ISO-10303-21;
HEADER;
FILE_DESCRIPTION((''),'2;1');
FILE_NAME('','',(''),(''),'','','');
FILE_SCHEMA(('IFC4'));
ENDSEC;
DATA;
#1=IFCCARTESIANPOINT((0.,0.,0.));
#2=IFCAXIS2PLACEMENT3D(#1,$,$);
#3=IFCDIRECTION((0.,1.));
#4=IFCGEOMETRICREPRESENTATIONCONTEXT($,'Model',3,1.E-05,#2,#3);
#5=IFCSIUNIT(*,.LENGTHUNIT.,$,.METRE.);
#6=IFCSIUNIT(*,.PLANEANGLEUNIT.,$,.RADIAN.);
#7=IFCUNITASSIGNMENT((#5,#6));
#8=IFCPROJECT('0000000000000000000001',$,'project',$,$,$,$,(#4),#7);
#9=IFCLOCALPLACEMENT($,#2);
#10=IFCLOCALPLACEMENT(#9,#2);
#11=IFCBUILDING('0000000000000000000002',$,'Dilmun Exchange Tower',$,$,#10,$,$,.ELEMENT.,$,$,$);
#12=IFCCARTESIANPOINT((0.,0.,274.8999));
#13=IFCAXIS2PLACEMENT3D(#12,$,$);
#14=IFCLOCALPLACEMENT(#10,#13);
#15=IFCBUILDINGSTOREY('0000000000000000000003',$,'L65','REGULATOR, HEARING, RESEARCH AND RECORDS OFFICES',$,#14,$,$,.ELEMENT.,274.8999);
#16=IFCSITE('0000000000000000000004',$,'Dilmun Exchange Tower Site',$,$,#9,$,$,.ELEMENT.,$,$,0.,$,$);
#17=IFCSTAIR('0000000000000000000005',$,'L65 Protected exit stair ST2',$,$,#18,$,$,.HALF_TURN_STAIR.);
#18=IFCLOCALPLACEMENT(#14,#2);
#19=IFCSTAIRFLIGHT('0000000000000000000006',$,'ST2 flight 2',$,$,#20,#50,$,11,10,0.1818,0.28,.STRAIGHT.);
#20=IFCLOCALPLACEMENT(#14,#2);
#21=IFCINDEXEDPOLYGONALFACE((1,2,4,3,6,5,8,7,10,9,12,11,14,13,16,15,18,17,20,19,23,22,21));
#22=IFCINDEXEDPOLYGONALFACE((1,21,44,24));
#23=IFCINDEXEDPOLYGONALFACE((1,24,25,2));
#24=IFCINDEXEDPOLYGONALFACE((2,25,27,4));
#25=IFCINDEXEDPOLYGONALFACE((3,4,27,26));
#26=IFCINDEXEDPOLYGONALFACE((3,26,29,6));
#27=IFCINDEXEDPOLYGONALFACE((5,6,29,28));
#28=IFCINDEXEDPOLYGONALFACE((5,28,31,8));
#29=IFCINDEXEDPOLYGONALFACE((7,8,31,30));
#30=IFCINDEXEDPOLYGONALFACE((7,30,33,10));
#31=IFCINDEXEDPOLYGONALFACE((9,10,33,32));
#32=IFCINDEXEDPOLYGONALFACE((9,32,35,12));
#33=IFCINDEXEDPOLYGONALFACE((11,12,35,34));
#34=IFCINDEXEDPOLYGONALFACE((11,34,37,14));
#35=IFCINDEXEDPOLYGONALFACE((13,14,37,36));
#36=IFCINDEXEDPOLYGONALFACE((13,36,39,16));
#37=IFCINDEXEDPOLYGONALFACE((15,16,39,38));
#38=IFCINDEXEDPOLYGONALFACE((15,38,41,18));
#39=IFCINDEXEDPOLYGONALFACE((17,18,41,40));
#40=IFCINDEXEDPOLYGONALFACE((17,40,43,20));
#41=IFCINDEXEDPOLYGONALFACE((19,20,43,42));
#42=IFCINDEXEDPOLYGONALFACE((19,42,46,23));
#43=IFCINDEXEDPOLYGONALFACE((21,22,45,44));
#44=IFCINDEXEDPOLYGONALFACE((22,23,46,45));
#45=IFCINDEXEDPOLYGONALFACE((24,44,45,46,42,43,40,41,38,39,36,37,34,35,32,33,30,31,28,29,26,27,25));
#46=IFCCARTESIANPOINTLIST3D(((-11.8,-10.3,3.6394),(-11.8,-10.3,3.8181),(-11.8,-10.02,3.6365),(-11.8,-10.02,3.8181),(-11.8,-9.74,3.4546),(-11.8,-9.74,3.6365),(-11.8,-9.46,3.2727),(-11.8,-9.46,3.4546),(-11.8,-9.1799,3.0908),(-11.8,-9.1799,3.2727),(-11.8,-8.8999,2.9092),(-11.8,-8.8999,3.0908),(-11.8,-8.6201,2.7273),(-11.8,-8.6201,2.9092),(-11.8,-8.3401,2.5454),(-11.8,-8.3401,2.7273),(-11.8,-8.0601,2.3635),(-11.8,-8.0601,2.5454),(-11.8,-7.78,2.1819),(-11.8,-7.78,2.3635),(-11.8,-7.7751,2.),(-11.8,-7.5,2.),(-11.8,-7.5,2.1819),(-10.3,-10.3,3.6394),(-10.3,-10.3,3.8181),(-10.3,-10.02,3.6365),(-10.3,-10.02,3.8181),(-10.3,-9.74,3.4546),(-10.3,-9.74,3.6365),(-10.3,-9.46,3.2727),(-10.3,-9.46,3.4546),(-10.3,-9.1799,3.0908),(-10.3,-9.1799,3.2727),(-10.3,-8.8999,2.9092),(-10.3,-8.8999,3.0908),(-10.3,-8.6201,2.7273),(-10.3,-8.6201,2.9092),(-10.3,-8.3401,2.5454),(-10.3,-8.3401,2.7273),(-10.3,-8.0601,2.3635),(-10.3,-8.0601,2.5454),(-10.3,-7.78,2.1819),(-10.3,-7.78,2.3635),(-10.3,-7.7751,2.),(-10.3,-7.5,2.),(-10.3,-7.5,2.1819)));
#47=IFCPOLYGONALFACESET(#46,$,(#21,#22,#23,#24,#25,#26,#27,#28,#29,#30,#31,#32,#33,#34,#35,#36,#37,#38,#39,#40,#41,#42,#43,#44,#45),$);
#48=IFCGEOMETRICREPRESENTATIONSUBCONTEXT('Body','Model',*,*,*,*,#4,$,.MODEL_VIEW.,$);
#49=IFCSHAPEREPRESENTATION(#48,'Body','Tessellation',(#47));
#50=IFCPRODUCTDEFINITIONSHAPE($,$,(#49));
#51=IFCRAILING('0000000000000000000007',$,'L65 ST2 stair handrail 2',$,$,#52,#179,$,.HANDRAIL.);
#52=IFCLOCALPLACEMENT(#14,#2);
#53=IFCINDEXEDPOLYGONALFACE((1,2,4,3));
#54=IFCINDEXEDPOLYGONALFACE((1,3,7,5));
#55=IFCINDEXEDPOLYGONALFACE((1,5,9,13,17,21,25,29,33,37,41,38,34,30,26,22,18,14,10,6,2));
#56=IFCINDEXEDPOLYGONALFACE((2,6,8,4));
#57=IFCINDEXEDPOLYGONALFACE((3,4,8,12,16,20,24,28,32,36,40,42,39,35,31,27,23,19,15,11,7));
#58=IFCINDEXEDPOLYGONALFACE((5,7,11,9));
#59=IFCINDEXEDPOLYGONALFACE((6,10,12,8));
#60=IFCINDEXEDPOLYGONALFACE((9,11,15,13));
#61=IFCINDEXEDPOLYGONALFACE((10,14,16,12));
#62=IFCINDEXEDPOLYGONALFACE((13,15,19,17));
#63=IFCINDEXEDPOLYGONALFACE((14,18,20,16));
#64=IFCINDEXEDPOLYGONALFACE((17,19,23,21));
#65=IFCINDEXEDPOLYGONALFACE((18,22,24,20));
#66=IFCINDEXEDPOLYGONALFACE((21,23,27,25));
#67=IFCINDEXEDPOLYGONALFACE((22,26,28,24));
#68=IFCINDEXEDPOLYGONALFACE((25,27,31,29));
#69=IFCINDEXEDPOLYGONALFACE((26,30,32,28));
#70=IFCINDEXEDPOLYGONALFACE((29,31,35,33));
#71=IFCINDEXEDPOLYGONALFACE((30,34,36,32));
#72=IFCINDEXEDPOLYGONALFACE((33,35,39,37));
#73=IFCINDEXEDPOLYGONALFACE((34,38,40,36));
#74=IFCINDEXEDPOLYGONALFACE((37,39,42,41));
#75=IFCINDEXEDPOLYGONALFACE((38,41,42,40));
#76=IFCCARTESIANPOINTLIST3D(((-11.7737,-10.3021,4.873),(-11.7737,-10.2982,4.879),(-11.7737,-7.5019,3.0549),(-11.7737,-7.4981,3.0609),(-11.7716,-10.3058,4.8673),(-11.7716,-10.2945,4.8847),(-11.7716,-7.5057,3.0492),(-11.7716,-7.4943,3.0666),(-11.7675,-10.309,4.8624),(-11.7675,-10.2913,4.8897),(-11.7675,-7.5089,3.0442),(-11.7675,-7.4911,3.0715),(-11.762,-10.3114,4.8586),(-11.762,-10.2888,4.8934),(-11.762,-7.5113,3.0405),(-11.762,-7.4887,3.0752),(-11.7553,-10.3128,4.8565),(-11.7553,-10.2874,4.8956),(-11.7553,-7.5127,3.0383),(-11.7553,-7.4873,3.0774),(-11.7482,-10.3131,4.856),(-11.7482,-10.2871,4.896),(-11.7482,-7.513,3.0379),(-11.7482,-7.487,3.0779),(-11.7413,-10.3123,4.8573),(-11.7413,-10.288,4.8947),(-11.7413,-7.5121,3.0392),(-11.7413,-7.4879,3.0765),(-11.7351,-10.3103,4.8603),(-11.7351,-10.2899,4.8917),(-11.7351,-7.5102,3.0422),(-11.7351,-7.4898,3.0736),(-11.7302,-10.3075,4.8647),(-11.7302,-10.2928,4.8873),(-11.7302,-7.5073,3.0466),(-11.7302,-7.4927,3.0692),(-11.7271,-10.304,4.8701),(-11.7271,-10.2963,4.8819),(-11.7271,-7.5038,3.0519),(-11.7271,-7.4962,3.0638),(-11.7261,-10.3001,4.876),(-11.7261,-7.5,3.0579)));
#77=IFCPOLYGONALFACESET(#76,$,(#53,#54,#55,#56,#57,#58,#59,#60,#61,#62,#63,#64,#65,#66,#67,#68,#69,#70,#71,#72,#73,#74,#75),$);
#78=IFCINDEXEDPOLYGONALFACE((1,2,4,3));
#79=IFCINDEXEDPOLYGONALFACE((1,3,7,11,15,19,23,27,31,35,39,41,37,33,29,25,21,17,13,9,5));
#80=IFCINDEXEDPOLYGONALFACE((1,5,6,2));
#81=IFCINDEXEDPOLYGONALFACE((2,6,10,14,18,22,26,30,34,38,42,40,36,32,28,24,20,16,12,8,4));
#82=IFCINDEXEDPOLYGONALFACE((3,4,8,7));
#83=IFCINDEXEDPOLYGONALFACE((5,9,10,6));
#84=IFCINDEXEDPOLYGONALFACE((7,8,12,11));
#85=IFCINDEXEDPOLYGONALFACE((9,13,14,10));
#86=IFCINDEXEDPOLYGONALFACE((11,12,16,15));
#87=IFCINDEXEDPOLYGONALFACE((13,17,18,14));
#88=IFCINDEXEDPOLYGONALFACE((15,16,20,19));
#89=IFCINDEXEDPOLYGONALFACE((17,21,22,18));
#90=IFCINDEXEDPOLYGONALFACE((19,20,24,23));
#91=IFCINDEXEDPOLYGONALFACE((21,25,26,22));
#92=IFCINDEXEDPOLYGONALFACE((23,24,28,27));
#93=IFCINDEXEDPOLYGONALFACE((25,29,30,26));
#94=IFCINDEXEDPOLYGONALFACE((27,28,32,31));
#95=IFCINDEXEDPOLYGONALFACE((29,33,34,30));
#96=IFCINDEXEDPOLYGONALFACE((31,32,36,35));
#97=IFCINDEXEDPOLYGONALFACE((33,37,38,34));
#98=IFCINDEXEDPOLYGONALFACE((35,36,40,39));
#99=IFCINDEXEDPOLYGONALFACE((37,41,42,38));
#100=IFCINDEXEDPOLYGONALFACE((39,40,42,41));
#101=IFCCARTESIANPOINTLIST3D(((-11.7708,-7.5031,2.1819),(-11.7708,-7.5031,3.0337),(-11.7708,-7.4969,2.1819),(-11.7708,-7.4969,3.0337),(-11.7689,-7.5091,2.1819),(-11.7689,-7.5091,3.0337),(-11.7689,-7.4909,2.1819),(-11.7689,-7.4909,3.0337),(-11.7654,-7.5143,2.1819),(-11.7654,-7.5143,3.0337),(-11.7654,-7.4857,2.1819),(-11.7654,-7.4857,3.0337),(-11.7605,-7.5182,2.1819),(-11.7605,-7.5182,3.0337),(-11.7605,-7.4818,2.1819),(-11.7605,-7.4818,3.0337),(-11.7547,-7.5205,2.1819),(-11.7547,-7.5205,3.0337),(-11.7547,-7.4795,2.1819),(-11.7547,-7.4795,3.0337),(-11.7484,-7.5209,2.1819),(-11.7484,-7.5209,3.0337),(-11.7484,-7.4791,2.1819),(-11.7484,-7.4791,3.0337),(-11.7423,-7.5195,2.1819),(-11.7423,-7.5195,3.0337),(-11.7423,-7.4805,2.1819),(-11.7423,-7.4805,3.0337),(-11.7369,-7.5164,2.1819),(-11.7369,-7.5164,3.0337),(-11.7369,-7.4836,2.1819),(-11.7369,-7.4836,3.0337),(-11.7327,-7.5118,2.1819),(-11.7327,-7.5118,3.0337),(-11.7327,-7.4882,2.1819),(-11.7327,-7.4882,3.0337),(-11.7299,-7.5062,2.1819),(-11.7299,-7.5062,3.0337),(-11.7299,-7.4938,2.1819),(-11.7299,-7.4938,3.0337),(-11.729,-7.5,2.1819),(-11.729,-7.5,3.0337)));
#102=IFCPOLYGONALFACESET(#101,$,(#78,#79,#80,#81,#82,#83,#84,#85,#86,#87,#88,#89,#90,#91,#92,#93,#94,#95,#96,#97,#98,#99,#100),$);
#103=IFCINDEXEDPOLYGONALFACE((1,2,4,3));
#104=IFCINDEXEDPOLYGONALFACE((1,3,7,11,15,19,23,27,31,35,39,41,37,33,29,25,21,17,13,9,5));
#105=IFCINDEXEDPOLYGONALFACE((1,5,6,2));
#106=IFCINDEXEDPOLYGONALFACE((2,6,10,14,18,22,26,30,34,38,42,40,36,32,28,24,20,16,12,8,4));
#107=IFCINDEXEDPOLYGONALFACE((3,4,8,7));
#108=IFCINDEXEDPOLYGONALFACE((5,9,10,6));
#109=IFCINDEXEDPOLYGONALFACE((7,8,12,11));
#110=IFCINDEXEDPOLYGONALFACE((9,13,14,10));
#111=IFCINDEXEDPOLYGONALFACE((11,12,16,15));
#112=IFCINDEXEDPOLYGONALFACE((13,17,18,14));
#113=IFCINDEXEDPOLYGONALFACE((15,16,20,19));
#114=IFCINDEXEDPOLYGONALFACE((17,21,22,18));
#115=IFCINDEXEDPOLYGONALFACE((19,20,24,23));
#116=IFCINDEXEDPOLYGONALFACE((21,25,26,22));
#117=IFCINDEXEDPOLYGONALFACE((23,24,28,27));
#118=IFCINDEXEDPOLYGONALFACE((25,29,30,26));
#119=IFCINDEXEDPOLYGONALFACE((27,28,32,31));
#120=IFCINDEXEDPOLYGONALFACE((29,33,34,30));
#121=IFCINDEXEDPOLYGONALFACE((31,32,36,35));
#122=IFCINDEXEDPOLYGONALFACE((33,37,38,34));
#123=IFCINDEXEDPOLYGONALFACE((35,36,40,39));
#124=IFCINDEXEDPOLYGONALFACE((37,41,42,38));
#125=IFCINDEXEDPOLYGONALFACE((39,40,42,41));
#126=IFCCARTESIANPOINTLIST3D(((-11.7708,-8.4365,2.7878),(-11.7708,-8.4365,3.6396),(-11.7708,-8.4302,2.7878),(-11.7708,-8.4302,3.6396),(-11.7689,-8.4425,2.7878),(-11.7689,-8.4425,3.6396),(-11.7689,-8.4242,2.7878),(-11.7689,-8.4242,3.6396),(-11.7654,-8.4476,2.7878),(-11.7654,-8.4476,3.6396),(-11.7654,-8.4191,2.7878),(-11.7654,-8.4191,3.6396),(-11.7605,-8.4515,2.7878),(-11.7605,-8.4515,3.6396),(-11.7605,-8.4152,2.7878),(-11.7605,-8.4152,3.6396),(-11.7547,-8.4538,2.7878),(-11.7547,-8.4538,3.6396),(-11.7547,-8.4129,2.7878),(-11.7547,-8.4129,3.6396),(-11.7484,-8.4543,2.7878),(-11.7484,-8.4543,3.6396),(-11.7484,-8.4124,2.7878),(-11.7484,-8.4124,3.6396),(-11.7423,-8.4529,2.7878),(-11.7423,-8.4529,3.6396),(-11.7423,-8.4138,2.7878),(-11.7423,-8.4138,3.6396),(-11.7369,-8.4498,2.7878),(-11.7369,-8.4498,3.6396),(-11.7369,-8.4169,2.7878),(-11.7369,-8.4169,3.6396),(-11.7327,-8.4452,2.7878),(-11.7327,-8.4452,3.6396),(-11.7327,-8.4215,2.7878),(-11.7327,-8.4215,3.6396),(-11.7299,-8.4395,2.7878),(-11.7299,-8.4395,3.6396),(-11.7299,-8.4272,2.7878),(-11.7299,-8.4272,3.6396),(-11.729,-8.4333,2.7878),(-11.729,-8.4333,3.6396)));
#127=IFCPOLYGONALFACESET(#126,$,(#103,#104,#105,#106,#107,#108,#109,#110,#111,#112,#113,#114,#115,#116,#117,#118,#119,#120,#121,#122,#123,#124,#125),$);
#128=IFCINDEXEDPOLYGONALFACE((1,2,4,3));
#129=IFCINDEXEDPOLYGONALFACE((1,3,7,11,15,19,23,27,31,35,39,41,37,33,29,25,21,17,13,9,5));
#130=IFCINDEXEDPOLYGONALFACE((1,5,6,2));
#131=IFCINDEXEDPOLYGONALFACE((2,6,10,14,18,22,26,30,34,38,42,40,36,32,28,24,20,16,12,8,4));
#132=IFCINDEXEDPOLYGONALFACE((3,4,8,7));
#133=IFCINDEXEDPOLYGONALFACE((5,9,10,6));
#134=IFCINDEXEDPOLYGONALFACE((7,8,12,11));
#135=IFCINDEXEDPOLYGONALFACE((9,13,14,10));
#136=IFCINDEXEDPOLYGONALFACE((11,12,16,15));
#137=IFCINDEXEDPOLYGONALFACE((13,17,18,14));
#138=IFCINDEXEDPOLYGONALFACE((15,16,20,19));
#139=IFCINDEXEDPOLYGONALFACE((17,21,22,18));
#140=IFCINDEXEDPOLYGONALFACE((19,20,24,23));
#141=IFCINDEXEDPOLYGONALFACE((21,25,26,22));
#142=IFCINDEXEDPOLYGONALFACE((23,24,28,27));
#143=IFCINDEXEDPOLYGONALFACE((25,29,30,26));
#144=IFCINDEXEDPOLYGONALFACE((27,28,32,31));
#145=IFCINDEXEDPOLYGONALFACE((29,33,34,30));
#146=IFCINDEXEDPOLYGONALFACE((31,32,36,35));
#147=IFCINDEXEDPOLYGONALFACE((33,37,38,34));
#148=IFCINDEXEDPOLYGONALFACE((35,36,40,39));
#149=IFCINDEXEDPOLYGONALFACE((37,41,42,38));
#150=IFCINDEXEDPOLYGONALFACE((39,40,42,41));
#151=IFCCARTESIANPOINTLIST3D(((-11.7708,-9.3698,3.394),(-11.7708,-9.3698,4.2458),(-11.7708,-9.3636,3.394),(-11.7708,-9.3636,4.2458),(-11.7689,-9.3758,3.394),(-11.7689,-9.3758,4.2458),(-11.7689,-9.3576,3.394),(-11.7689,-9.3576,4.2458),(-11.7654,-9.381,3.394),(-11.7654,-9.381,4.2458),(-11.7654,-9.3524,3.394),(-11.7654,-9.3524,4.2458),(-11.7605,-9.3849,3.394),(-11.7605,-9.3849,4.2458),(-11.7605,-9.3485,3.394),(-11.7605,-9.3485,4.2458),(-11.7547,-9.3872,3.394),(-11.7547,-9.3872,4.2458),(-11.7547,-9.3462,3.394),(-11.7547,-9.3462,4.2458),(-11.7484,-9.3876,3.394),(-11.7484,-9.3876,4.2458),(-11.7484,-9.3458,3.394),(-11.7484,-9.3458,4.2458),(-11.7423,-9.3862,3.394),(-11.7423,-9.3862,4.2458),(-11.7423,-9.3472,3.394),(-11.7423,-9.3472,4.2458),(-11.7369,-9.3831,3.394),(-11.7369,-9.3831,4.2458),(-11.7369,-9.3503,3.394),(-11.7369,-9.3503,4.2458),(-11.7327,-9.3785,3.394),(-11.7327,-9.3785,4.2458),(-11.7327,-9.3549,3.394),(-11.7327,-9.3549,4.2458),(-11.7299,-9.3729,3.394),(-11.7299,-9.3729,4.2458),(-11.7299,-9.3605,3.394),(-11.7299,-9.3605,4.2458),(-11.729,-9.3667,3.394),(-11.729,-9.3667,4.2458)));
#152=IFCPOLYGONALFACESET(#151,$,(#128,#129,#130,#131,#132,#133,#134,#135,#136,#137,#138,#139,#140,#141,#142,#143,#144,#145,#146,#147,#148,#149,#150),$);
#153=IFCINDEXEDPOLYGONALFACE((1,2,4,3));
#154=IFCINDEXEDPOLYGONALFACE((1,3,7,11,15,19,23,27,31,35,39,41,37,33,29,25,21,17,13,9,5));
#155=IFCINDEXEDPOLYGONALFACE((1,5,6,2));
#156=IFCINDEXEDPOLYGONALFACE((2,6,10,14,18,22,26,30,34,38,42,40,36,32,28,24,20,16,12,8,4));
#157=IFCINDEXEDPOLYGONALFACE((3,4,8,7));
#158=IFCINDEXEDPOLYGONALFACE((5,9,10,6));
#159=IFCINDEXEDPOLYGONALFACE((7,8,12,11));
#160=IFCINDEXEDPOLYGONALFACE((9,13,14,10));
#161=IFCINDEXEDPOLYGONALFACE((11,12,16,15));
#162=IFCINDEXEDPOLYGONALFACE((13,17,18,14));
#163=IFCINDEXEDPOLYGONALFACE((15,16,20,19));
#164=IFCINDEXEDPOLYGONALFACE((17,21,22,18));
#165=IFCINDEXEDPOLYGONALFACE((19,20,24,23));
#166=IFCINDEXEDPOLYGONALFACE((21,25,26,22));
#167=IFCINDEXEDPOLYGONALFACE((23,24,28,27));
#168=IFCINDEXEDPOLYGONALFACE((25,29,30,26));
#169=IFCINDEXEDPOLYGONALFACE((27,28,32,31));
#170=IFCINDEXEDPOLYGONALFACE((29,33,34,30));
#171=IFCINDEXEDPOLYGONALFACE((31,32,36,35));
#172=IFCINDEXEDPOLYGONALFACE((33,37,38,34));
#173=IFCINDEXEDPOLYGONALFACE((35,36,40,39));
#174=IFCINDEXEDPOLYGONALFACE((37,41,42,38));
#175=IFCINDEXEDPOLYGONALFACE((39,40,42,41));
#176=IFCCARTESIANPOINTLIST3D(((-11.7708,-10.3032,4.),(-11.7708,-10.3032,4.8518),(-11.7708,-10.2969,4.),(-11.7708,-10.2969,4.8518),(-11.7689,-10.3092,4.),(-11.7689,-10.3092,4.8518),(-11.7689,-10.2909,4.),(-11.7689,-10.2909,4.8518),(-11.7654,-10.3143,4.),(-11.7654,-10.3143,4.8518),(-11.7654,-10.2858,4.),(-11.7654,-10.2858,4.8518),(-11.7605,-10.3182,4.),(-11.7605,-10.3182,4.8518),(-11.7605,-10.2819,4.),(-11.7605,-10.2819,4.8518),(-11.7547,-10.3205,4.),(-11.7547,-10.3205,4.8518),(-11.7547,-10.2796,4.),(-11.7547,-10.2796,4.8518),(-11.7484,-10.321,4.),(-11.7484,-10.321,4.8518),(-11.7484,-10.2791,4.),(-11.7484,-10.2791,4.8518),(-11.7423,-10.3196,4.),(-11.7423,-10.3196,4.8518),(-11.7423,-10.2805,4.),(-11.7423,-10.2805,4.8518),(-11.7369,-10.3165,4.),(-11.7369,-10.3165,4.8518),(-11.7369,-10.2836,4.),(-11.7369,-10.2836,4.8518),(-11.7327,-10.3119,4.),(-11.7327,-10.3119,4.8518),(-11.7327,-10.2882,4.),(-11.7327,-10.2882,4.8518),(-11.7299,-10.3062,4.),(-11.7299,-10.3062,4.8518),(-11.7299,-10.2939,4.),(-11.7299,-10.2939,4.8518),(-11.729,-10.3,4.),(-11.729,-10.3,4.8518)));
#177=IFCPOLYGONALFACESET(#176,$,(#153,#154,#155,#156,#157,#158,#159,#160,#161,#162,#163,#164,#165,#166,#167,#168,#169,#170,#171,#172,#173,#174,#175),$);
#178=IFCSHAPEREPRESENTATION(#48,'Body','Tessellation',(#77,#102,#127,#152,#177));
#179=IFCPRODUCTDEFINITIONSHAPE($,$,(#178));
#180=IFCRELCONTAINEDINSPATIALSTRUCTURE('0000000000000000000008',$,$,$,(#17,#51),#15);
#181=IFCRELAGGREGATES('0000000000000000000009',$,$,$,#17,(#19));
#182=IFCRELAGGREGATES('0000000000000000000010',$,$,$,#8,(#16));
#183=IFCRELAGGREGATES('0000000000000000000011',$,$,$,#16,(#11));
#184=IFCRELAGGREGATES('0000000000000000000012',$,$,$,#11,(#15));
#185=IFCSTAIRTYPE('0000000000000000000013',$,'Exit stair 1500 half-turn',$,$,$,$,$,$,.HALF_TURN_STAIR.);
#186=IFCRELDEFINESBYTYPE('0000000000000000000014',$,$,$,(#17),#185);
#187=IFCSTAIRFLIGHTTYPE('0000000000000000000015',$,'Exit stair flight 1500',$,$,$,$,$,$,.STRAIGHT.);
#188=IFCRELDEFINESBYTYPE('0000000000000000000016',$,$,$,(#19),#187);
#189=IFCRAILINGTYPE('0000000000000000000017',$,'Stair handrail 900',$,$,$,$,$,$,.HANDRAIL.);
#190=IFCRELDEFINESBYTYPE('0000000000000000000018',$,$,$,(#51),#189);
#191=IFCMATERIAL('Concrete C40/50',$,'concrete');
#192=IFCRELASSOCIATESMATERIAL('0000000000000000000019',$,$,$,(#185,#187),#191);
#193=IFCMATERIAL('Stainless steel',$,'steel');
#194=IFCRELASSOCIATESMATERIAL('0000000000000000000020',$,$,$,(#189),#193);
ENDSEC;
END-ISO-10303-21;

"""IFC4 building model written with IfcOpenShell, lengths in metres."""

from ifc_helpers import new_model, si_unit, direction, frame, origin, origin_2d, place, context, subcontext, project, spatial, polyline, circle, outline, extrude, material, type_object, element, aggregate, save


model = new_model("IFC4")

# Units and contexts
model_context = context("Model", 3, precision=1e-05, world=origin(), true_north=direction((0.0, 1.0)))
body_context = subcontext(model_context, "Body", "Model", "MODEL_VIEW")
ifc_project = project(units=[si_unit("LENGTHUNIT", "METRE"), si_unit("PLANEANGLEUNIT", "RADIAN")], contexts=[model_context])

# Site, building, storey
site_placement = place(None, origin())
site = spatial("IfcSite", under=ifc_project, at=site_placement, Name="Dilmun Exchange Tower Site", CompositionType="ELEMENT", RefElevation=0.0)
building_placement = place(site_placement, origin())
building = spatial("IfcBuilding", under=site, at=building_placement, Name="Dilmun Exchange Tower", CompositionType="ELEMENT")
storey_placement = place(building_placement, frame((0.0, 0.0, 274.8999)))
storey = spatial("IfcBuildingStorey", under=building, at=storey_placement, Name="L65", Description="REGULATOR, HEARING, RESEARCH AND RECORDS OFFICES", CompositionType="ELEMENT", Elevation=274.8999)

# Shared definitions
ifc_material_1 = material(Name="Concrete C40/50", Category="concrete")

# Stair, stair flight
stair_type = type_object("IfcStairType", Name="Exit stair 1500 half-turn", PredefinedType="HALF_TURN_STAIR", material=ifc_material_1)
stair_placement = place(storey_placement, origin())
stair = element("IfcStair", 1, at=stair_placement, inside=storey, type_object=stair_type, Name="L65 Protected exit stair ST2", PredefinedType="HALF_TURN_STAIR")
stair_flight_type = type_object("IfcStairFlightType", Name="Exit stair flight 1500", PredefinedType="STRAIGHT", material=ifc_material_1)
stair_flight_placement = place(storey_placement, frame((-11.05, -7.5, 2.0), z_axis=(0.0, 0.0, 1.0), x_axis=(0.0, -1.0, 0.0)))
stair_flight = element("IfcStairFlight", 2, at=stair_flight_placement, type_object=stair_flight_type, Name="ST2 flight 2", NumberOfRisers=11, NumberOfTreads=10, PredefinedType="STRAIGHT", RiserHeight=0.1818, TreadLength=0.28, context=body_context, shape_type="SweptSolid", body=[
    extrude(outline(polyline([(0.0, 0.0), (0.0, 0.1819), (0.28, 0.1819), (0.28, 0.3635), (0.5601, 0.3635), (0.5601, 0.5454), (0.8401, 0.5454), (0.8401, 0.7273), (1.1201, 0.7273), (1.1201, 0.9092), (1.3999, 0.9092), (1.3999, 1.0908), (1.6799, 1.0908), (1.6799, 1.2727), (1.96, 1.2727), (1.96, 1.4546), (2.24, 1.4546), (2.24, 1.6365), (2.52, 1.6365), (2.52, 1.8181), (2.8, 1.8181), (2.8, 2.0), (2.8, 1.6394), (0.2751, 0.0), (0.0, 0.0)])), frame((0.0, 0.75, 0.0), z_axis=(0.0, -1.0, 0.0), x_axis=(1.0, 0.0, 0.0)), (0.0, 0.0, 1.0), 1.5),
])
aggregate(stair, [stair_flight])

# Railing
ifc_material_2 = material(Name="Stainless steel", Category="steel")
railing_type = type_object("IfcRailingType", Name="Stair handrail 900", PredefinedType="HANDRAIL", material=ifc_material_2)
railing_placement = place(storey_placement, frame((-11.75, -7.5, 2.1819)))
element("IfcRailing", 3, at=railing_placement, inside=storey, type_object=railing_type, Name="L65 ST2 stair handrail 2", PredefinedType="HANDRAIL", context=body_context, shape_type="SweptSolid", body=[
    extrude(circle(Radius=0.0239, at=origin_2d()), frame((0.0, 0.0, 0.876), z_axis=(0.0, -0.838706, 0.544585), x_axis=(1.0, 0.0, 0.0)), (0.0, 0.0, 1.0), 3.3386),
    extrude(circle(Radius=0.021, at=origin_2d()), origin(), (0.0, 0.0, 1.0), 0.8518),
    extrude(circle(Radius=0.021, at=origin_2d()), frame((0.0, -0.9333, 0.606)), (0.0, 0.0, 1.0), 0.8518),
    extrude(circle(Radius=0.021, at=origin_2d()), frame((0.0, -1.8667, 1.2122)), (0.0, 0.0, 1.0), 0.8518),
    extrude(circle(Radius=0.021, at=origin_2d()), frame((0.0, -2.8, 1.8181)), (0.0, 0.0, 1.0), 0.8518),
])

save(model, "model.ifc")
